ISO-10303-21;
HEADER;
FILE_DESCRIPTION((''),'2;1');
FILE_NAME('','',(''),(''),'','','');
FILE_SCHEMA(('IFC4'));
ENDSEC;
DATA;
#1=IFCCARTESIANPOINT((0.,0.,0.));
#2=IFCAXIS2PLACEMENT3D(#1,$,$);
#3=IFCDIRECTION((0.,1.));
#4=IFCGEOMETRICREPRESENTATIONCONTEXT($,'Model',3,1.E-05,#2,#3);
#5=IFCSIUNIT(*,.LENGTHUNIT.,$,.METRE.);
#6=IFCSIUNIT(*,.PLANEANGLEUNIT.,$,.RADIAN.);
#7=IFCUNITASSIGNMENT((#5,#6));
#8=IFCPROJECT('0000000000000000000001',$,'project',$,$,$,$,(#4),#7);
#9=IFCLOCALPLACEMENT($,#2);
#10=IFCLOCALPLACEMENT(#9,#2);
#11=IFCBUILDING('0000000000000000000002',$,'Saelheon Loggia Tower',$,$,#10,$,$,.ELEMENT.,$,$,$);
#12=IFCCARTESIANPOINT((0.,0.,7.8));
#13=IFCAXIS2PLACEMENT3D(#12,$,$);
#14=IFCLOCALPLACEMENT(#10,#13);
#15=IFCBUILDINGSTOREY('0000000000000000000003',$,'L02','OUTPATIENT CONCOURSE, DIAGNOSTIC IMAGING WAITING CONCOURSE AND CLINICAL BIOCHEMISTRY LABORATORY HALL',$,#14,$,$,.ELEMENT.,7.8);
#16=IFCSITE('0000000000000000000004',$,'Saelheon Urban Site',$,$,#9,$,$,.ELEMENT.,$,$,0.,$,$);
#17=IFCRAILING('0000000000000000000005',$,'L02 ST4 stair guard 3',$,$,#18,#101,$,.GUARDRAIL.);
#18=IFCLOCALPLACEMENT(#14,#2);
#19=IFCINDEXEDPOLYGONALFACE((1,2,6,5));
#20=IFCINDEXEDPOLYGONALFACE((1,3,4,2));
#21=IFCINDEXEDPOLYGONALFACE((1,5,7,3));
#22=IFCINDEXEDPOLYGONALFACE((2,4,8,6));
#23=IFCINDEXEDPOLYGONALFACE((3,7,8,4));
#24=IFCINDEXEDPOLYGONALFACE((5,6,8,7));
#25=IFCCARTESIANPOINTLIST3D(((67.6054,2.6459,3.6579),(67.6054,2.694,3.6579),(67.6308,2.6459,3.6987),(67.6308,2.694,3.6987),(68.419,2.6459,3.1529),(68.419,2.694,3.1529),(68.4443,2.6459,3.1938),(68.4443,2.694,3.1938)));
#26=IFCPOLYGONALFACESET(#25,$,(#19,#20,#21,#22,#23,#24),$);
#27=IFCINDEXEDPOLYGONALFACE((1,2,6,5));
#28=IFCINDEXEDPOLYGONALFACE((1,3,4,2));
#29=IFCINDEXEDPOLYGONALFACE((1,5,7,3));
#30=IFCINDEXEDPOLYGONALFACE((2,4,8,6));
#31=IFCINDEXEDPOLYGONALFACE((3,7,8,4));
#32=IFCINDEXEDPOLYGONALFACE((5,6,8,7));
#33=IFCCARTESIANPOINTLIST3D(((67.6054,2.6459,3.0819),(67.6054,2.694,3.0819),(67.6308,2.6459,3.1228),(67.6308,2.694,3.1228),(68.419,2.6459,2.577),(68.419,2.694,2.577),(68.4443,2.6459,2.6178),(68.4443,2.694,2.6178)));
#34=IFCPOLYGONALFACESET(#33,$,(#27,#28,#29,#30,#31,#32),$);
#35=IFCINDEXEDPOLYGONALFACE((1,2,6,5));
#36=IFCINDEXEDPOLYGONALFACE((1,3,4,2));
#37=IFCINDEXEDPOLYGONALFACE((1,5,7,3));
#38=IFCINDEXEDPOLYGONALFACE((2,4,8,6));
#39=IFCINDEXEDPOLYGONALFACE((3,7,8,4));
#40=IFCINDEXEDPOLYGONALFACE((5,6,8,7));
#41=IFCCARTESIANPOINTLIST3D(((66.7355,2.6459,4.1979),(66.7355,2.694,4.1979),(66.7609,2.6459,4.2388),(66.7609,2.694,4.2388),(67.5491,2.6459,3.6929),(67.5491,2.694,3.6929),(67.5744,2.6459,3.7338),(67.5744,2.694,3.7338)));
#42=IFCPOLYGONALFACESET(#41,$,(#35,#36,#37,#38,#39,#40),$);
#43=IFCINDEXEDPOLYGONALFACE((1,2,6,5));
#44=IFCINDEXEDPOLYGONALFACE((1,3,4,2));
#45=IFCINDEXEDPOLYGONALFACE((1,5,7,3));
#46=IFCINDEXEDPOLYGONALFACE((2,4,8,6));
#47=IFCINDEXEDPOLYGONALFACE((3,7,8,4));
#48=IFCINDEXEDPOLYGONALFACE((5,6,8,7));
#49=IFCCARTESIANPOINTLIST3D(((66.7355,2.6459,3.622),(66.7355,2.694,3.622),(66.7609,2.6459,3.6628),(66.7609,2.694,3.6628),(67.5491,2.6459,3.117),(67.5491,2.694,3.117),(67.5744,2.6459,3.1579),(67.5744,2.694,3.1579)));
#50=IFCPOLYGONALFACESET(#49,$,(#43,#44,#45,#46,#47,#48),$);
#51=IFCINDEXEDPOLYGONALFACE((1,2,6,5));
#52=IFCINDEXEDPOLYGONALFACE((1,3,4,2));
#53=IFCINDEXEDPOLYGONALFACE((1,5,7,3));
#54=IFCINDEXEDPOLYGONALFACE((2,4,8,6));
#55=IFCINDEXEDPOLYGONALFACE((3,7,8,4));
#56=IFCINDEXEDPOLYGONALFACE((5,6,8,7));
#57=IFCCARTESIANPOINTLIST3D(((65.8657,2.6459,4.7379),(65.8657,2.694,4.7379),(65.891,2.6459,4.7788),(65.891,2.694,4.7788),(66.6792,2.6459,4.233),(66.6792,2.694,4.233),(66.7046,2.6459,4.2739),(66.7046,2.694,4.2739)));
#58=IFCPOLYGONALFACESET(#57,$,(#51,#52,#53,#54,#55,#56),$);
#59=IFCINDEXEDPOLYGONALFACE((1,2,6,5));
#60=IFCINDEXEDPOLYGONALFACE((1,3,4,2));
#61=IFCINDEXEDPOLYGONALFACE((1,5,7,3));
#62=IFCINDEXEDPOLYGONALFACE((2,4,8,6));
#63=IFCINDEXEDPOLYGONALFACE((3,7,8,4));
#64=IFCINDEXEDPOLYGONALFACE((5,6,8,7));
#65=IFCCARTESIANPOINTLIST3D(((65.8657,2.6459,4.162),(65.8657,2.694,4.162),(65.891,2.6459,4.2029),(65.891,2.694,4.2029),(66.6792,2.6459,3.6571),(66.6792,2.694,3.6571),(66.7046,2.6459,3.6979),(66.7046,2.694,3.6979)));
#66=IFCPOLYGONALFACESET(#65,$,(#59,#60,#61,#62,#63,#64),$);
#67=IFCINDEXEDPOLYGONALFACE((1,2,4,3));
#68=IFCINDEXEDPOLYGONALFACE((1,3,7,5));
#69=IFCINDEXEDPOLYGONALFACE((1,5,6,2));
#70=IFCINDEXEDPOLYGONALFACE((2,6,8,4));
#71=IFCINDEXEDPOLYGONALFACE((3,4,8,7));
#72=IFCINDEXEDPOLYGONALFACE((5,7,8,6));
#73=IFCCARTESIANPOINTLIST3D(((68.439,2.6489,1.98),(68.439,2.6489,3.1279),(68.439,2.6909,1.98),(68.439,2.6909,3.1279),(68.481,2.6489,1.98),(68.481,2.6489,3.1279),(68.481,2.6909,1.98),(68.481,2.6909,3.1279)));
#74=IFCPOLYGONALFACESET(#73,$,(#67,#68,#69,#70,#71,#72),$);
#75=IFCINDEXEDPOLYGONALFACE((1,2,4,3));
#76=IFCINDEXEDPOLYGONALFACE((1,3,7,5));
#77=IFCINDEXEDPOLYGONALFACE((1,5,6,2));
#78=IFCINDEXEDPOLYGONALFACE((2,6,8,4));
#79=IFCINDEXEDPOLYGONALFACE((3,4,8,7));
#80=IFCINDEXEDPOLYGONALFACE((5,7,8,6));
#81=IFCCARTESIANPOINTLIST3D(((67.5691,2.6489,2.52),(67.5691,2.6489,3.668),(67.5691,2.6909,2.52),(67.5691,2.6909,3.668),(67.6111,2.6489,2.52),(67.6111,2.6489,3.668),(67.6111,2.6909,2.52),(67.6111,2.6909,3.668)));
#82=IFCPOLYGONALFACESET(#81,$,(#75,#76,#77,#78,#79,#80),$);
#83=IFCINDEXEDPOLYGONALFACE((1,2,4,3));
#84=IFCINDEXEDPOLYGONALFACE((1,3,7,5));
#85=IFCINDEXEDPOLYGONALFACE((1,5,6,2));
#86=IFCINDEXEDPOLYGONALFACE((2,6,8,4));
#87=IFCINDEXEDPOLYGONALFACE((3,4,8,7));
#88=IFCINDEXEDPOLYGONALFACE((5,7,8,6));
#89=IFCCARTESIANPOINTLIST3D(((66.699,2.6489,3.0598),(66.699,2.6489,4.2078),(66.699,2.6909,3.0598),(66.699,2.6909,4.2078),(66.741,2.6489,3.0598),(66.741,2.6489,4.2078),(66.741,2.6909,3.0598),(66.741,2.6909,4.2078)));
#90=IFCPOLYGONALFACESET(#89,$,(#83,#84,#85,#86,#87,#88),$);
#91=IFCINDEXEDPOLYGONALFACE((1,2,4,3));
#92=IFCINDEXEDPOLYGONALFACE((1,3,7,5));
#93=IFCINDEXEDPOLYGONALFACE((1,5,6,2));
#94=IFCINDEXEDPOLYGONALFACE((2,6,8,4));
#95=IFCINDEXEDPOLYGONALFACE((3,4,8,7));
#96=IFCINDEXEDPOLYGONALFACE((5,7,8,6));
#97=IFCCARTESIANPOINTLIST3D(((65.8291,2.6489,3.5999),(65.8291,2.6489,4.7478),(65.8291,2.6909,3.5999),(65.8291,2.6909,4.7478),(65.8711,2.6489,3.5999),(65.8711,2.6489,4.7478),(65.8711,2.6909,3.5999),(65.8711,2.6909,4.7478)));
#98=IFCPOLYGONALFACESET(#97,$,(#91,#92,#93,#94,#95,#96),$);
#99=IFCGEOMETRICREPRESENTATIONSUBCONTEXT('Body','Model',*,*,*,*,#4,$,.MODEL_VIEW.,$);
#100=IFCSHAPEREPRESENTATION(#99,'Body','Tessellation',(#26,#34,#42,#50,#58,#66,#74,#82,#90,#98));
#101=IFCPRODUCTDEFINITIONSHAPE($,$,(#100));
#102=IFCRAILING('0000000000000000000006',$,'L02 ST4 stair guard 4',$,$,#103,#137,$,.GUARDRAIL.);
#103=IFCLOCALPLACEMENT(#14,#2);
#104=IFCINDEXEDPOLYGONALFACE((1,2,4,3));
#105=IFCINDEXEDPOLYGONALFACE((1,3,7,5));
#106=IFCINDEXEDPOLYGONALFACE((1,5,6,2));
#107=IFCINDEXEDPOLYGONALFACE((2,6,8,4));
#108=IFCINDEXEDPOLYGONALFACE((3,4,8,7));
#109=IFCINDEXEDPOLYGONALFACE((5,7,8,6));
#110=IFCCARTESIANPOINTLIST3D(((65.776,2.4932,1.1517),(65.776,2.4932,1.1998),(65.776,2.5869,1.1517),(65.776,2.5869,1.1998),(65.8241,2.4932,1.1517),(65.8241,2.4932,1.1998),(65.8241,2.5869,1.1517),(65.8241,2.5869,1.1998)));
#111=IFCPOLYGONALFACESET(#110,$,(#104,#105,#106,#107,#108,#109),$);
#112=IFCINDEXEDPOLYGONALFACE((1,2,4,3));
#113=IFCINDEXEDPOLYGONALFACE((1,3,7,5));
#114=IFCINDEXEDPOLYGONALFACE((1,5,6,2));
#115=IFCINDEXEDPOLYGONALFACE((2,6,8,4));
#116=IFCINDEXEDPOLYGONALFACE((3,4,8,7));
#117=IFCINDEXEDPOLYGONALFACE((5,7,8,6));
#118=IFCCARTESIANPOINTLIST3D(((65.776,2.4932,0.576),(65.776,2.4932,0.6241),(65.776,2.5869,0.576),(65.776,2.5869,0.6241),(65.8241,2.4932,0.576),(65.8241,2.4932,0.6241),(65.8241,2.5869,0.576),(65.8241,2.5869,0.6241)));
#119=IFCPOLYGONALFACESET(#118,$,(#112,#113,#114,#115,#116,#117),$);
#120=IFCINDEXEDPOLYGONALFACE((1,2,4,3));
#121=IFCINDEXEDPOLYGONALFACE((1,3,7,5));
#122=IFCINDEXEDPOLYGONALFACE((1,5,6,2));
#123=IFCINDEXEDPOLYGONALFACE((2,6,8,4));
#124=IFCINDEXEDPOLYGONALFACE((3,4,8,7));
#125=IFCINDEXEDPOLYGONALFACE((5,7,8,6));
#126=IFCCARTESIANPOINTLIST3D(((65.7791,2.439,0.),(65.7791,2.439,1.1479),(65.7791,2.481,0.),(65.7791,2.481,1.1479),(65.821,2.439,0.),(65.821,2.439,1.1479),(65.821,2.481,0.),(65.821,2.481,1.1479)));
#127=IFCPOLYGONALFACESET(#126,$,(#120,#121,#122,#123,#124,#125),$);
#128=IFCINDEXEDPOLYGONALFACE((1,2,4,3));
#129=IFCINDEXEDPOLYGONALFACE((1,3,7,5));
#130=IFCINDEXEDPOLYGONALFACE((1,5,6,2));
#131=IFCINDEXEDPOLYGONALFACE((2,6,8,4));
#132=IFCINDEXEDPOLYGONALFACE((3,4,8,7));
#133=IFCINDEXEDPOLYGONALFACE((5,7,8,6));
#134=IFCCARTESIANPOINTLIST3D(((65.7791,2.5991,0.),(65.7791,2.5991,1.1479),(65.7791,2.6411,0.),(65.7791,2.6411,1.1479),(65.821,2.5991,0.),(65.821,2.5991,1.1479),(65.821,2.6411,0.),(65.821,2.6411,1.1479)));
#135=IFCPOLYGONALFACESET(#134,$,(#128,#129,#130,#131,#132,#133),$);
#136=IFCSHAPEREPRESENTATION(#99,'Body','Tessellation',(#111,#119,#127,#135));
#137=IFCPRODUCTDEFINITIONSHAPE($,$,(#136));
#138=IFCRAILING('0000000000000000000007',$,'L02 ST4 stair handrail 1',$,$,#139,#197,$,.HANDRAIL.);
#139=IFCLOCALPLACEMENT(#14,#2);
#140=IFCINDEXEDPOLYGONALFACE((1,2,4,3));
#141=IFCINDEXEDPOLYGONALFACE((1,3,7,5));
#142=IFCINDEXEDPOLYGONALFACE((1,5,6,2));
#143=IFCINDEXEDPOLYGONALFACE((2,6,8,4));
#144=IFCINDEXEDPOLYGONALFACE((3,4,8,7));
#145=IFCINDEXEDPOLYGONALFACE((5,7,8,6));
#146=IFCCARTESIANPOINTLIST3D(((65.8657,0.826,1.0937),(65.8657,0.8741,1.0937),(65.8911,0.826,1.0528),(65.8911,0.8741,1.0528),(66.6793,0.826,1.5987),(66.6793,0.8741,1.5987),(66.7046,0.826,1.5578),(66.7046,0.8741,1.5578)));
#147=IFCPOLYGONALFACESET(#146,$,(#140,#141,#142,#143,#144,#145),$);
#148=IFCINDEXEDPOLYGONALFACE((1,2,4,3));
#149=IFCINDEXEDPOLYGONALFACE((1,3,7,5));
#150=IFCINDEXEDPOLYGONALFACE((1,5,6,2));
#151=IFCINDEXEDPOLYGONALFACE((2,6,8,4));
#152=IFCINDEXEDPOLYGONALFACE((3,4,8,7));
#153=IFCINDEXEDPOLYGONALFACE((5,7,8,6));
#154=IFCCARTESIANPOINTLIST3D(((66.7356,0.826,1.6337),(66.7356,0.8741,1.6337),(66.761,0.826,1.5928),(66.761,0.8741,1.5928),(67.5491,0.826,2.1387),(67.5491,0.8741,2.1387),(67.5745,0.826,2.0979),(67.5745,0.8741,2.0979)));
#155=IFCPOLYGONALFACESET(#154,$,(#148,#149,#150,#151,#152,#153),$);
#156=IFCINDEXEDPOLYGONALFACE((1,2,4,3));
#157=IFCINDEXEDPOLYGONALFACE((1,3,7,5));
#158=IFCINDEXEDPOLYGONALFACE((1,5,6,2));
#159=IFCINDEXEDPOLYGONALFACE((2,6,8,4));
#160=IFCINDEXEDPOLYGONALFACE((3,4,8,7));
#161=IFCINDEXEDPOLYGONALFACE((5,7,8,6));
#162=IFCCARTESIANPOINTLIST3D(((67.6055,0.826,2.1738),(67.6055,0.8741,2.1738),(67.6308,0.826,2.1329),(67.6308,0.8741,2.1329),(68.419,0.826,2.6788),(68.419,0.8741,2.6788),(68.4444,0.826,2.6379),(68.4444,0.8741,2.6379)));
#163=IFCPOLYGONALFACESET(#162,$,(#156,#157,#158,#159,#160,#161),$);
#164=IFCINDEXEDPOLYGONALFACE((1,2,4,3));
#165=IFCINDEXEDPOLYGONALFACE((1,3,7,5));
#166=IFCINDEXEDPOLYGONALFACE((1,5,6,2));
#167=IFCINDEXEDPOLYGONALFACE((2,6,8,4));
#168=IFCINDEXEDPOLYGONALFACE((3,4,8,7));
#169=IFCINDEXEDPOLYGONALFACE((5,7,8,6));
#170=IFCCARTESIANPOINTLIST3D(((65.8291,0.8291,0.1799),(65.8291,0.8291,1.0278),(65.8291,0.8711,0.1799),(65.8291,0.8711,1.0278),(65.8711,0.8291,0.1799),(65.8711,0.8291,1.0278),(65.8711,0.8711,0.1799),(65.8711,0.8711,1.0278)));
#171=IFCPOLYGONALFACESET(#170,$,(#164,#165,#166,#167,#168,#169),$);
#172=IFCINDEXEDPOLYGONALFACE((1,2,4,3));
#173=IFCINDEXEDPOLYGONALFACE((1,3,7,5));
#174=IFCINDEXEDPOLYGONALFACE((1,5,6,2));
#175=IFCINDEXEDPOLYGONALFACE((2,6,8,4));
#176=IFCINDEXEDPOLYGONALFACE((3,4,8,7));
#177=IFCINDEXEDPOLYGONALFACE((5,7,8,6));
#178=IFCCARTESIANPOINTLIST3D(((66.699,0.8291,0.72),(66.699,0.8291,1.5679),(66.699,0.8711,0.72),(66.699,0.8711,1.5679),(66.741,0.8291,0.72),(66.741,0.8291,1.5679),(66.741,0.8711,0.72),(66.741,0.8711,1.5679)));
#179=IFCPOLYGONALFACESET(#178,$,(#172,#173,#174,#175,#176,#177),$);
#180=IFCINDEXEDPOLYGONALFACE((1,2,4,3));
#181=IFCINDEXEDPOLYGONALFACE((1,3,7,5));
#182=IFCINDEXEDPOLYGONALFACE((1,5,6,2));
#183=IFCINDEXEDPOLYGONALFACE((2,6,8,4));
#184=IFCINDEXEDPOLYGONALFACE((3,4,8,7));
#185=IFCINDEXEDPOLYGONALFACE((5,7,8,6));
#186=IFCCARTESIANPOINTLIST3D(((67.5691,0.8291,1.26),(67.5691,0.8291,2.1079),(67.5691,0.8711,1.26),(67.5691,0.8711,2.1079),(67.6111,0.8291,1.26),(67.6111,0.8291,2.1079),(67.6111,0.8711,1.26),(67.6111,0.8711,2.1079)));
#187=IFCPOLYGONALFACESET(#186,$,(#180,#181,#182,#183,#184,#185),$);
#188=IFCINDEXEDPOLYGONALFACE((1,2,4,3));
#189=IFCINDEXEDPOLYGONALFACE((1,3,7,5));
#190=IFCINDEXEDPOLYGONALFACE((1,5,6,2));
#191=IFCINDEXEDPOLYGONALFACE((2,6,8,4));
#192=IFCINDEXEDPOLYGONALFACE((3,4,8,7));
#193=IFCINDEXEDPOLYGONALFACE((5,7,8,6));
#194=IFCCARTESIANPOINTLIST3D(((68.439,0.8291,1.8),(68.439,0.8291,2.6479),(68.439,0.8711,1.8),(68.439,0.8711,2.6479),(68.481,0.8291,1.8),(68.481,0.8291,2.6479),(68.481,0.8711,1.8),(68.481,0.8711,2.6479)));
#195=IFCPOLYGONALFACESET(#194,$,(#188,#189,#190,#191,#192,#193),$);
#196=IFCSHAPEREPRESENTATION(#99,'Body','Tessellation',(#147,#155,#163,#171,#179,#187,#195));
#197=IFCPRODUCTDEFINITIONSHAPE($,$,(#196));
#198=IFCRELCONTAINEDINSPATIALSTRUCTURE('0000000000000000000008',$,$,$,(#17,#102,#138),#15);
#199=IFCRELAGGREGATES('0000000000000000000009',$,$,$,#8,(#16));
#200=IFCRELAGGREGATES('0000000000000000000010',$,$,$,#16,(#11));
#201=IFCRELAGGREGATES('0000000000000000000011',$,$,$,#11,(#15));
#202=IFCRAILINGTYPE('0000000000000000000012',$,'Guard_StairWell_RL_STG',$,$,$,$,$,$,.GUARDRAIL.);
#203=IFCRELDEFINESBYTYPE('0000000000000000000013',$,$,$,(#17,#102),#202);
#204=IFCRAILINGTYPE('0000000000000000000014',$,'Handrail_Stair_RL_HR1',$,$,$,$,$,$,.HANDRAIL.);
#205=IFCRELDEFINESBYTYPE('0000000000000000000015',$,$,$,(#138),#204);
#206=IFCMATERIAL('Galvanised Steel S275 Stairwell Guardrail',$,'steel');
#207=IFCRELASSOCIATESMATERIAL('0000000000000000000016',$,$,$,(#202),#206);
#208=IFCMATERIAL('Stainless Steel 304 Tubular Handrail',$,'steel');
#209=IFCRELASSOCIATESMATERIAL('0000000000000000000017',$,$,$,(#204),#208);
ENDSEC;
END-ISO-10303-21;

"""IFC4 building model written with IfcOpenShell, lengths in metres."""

from ifc_helpers import new_model, si_unit, direction, frame, origin, origin_2d, place, context, subcontext, project, spatial, rectangle, extrude, material, type_object, element, save


model = new_model("IFC4")

# Units and contexts
model_context = context("Model", 3, precision=1e-05, world=origin(), true_north=direction((0.0, 1.0)))
body_context = subcontext(model_context, "Body", "Model", "MODEL_VIEW")
ifc_project = project(units=[si_unit("LENGTHUNIT", "METRE"), si_unit("PLANEANGLEUNIT", "RADIAN")], contexts=[model_context])

# Site, building, storey
site_placement = place(None, origin())
site = spatial("IfcSite", under=ifc_project, at=site_placement, Name="Saelheon Urban Site", CompositionType="ELEMENT", RefElevation=0.0)
building_placement = place(site_placement, origin())
building = spatial("IfcBuilding", under=site, at=building_placement, Name="Saelheon Loggia Tower", CompositionType="ELEMENT")
storey_placement = place(building_placement, frame((0.0, 0.0, 7.8)))
storey = spatial("IfcBuildingStorey", under=building, at=storey_placement, Name="L02", Description="OUTPATIENT CONCOURSE, DIAGNOSTIC IMAGING WAITING CONCOURSE AND CLINICAL BIOCHEMISTRY LABORATORY HALL", CompositionType="ELEMENT", Elevation=7.8)

# Railings
ifc_material_1 = material(Name="Galvanised Steel S275 Stairwell Guardrail", Category="steel")
railing_type_1 = type_object("IfcRailingType", Name="Guard_StairWell_RL_STG", PredefinedType="GUARDRAIL", material=ifc_material_1)
railing_1_placement = place(storey_placement, frame((68.46, 2.6699, 1.98)))
element("IfcRailing", 1, at=railing_1_placement, inside=storey, type_object=railing_type_1, Name="L02 ST4 stair guard 3", PredefinedType="GUARDRAIL", context=body_context, shape_type="SweptSolid", body=[
    extrude(rectangle(XDim=0.0481, YDim=0.0481, at=origin_2d()), frame((-0.0283, 0.0, 1.1934), z_axis=(-0.849646, 0.0, 0.527353), x_axis=(0.0, -1.0, 0.0)), (0.0, 0.0, 1.0), 0.9575),
    extrude(rectangle(XDim=0.0481, YDim=0.0481, at=origin_2d()), frame((-0.0283, 0.0, 0.6174), z_axis=(-0.849646, 0.0, 0.527353), x_axis=(0.0, -1.0, 0.0)), (0.0, 0.0, 1.0), 0.9575),
    extrude(rectangle(XDim=0.0481, YDim=0.0481, at=origin_2d()), frame((-0.8982, 0.0, 1.7334), z_axis=(-0.849646, 0.0, 0.527353), x_axis=(0.0, -1.0, 0.0)), (0.0, 0.0, 1.0), 0.9575),
    extrude(rectangle(XDim=0.0481, YDim=0.0481, at=origin_2d()), frame((-0.8982, 0.0, 1.1575), z_axis=(-0.849646, 0.0, 0.527353), x_axis=(0.0, -1.0, 0.0)), (0.0, 0.0, 1.0), 0.9575),
    extrude(rectangle(XDim=0.0481, YDim=0.0481, at=origin_2d()), frame((-1.7681, 0.0, 2.2734), z_axis=(-0.849646, 0.0, 0.527353), x_axis=(0.0, -1.0, 0.0)), (0.0, 0.0, 1.0), 0.9575),
    extrude(rectangle(XDim=0.0481, YDim=0.0481, at=origin_2d()), frame((-1.7681, 0.0, 1.6975), z_axis=(-0.849646, 0.0, 0.527353), x_axis=(0.0, -1.0, 0.0)), (0.0, 0.0, 1.0), 0.9575),
    extrude(rectangle(XDim=0.042, YDim=0.042, at=origin_2d()), origin(), (0.0, 0.0, 1.0), 1.1479),
    extrude(rectangle(XDim=0.042, YDim=0.042, at=origin_2d()), frame((-0.8699, 0.0, 0.54)), (0.0, 0.0, 1.0), 1.1479),
    extrude(rectangle(XDim=0.042, YDim=0.042, at=origin_2d()), frame((-1.74, 0.0, 1.0798)), (0.0, 0.0, 1.0), 1.1479),
    extrude(rectangle(XDim=0.042, YDim=0.042, at=origin_2d()), frame((-2.6099, 0.0, 1.6199)), (0.0, 0.0, 1.0), 1.1479),
])
railing_2_placement = place(storey_placement, frame((65.8, 2.46, 0.0)))
element("IfcRailing", 2, at=railing_2_placement, inside=storey, type_object=railing_type_1, Name="L02 ST4 stair guard 4", PredefinedType="GUARDRAIL", context=body_context, shape_type="SweptSolid", body=[
    extrude(rectangle(XDim=0.0481, YDim=0.0481, at=origin_2d()), frame((0.0, 0.0332, 1.1758), z_axis=(0.0, 1.0, 0.0), x_axis=(-1.0, 0.0, 0.0)), (0.0, 0.0, 1.0), 0.0938),
    extrude(rectangle(XDim=0.0481, YDim=0.0481, at=origin_2d()), frame((0.0, 0.0332, 0.6001), z_axis=(0.0, 1.0, 0.0), x_axis=(-1.0, 0.0, 0.0)), (0.0, 0.0, 1.0), 0.0938),
    extrude(rectangle(XDim=0.042, YDim=0.042, at=origin_2d()), origin(), (0.0, 0.0, 1.0), 1.1479),
    extrude(rectangle(XDim=0.042, YDim=0.042, at=origin_2d()), frame((0.0, 0.1602, 0.0)), (0.0, 0.0, 1.0), 1.1479),
])
ifc_material_2 = material(Name="Stainless Steel 304 Tubular Handrail", Category="steel")
railing_type_2 = type_object("IfcRailingType", Name="Handrail_Stair_RL_HR1", PredefinedType="HANDRAIL", material=ifc_material_2)
railing_3_placement = place(storey_placement, frame((65.8501, 0.8501, 0.1799)))
element("IfcRailing", 3, at=railing_3_placement, inside=storey, type_object=railing_type_2, Name="L02 ST4 stair handrail 1", PredefinedType="HANDRAIL", context=body_context, shape_type="SweptSolid", body=[
    extrude(rectangle(XDim=0.0481, YDim=0.0481, at=origin_2d()), frame((0.0283, 0.0, 0.8933), z_axis=(0.849611, 0.0, 0.52741), x_axis=(0.0, 1.0, 0.0)), (0.0, 0.0, 1.0), 0.9575),
    extrude(rectangle(XDim=0.0481, YDim=0.0481, at=origin_2d()), frame((0.8982, 0.0, 1.4333), z_axis=(0.849611, 0.0, 0.52741), x_axis=(0.0, 1.0, 0.0)), (0.0, 0.0, 1.0), 0.9575),
    extrude(rectangle(XDim=0.0481, YDim=0.0481, at=origin_2d()), frame((1.7681, 0.0, 1.9734), z_axis=(0.849611, 0.0, 0.52741), x_axis=(0.0, 1.0, 0.0)), (0.0, 0.0, 1.0), 0.9575),
    extrude(rectangle(XDim=0.042, YDim=0.042, at=origin_2d()), origin(), (0.0, 0.0, 1.0), 0.8479),
    extrude(rectangle(XDim=0.042, YDim=0.042, at=origin_2d()), frame((0.8699, 0.0, 0.54)), (0.0, 0.0, 1.0), 0.8479),
    extrude(rectangle(XDim=0.042, YDim=0.042, at=origin_2d()), frame((1.74, 0.0, 1.0801)), (0.0, 0.0, 1.0), 0.8479),
    extrude(rectangle(XDim=0.042, YDim=0.042, at=origin_2d()), frame((2.6099, 0.0, 1.6201)), (0.0, 0.0, 1.0), 0.8479),
])

save(model, "model.ifc")
